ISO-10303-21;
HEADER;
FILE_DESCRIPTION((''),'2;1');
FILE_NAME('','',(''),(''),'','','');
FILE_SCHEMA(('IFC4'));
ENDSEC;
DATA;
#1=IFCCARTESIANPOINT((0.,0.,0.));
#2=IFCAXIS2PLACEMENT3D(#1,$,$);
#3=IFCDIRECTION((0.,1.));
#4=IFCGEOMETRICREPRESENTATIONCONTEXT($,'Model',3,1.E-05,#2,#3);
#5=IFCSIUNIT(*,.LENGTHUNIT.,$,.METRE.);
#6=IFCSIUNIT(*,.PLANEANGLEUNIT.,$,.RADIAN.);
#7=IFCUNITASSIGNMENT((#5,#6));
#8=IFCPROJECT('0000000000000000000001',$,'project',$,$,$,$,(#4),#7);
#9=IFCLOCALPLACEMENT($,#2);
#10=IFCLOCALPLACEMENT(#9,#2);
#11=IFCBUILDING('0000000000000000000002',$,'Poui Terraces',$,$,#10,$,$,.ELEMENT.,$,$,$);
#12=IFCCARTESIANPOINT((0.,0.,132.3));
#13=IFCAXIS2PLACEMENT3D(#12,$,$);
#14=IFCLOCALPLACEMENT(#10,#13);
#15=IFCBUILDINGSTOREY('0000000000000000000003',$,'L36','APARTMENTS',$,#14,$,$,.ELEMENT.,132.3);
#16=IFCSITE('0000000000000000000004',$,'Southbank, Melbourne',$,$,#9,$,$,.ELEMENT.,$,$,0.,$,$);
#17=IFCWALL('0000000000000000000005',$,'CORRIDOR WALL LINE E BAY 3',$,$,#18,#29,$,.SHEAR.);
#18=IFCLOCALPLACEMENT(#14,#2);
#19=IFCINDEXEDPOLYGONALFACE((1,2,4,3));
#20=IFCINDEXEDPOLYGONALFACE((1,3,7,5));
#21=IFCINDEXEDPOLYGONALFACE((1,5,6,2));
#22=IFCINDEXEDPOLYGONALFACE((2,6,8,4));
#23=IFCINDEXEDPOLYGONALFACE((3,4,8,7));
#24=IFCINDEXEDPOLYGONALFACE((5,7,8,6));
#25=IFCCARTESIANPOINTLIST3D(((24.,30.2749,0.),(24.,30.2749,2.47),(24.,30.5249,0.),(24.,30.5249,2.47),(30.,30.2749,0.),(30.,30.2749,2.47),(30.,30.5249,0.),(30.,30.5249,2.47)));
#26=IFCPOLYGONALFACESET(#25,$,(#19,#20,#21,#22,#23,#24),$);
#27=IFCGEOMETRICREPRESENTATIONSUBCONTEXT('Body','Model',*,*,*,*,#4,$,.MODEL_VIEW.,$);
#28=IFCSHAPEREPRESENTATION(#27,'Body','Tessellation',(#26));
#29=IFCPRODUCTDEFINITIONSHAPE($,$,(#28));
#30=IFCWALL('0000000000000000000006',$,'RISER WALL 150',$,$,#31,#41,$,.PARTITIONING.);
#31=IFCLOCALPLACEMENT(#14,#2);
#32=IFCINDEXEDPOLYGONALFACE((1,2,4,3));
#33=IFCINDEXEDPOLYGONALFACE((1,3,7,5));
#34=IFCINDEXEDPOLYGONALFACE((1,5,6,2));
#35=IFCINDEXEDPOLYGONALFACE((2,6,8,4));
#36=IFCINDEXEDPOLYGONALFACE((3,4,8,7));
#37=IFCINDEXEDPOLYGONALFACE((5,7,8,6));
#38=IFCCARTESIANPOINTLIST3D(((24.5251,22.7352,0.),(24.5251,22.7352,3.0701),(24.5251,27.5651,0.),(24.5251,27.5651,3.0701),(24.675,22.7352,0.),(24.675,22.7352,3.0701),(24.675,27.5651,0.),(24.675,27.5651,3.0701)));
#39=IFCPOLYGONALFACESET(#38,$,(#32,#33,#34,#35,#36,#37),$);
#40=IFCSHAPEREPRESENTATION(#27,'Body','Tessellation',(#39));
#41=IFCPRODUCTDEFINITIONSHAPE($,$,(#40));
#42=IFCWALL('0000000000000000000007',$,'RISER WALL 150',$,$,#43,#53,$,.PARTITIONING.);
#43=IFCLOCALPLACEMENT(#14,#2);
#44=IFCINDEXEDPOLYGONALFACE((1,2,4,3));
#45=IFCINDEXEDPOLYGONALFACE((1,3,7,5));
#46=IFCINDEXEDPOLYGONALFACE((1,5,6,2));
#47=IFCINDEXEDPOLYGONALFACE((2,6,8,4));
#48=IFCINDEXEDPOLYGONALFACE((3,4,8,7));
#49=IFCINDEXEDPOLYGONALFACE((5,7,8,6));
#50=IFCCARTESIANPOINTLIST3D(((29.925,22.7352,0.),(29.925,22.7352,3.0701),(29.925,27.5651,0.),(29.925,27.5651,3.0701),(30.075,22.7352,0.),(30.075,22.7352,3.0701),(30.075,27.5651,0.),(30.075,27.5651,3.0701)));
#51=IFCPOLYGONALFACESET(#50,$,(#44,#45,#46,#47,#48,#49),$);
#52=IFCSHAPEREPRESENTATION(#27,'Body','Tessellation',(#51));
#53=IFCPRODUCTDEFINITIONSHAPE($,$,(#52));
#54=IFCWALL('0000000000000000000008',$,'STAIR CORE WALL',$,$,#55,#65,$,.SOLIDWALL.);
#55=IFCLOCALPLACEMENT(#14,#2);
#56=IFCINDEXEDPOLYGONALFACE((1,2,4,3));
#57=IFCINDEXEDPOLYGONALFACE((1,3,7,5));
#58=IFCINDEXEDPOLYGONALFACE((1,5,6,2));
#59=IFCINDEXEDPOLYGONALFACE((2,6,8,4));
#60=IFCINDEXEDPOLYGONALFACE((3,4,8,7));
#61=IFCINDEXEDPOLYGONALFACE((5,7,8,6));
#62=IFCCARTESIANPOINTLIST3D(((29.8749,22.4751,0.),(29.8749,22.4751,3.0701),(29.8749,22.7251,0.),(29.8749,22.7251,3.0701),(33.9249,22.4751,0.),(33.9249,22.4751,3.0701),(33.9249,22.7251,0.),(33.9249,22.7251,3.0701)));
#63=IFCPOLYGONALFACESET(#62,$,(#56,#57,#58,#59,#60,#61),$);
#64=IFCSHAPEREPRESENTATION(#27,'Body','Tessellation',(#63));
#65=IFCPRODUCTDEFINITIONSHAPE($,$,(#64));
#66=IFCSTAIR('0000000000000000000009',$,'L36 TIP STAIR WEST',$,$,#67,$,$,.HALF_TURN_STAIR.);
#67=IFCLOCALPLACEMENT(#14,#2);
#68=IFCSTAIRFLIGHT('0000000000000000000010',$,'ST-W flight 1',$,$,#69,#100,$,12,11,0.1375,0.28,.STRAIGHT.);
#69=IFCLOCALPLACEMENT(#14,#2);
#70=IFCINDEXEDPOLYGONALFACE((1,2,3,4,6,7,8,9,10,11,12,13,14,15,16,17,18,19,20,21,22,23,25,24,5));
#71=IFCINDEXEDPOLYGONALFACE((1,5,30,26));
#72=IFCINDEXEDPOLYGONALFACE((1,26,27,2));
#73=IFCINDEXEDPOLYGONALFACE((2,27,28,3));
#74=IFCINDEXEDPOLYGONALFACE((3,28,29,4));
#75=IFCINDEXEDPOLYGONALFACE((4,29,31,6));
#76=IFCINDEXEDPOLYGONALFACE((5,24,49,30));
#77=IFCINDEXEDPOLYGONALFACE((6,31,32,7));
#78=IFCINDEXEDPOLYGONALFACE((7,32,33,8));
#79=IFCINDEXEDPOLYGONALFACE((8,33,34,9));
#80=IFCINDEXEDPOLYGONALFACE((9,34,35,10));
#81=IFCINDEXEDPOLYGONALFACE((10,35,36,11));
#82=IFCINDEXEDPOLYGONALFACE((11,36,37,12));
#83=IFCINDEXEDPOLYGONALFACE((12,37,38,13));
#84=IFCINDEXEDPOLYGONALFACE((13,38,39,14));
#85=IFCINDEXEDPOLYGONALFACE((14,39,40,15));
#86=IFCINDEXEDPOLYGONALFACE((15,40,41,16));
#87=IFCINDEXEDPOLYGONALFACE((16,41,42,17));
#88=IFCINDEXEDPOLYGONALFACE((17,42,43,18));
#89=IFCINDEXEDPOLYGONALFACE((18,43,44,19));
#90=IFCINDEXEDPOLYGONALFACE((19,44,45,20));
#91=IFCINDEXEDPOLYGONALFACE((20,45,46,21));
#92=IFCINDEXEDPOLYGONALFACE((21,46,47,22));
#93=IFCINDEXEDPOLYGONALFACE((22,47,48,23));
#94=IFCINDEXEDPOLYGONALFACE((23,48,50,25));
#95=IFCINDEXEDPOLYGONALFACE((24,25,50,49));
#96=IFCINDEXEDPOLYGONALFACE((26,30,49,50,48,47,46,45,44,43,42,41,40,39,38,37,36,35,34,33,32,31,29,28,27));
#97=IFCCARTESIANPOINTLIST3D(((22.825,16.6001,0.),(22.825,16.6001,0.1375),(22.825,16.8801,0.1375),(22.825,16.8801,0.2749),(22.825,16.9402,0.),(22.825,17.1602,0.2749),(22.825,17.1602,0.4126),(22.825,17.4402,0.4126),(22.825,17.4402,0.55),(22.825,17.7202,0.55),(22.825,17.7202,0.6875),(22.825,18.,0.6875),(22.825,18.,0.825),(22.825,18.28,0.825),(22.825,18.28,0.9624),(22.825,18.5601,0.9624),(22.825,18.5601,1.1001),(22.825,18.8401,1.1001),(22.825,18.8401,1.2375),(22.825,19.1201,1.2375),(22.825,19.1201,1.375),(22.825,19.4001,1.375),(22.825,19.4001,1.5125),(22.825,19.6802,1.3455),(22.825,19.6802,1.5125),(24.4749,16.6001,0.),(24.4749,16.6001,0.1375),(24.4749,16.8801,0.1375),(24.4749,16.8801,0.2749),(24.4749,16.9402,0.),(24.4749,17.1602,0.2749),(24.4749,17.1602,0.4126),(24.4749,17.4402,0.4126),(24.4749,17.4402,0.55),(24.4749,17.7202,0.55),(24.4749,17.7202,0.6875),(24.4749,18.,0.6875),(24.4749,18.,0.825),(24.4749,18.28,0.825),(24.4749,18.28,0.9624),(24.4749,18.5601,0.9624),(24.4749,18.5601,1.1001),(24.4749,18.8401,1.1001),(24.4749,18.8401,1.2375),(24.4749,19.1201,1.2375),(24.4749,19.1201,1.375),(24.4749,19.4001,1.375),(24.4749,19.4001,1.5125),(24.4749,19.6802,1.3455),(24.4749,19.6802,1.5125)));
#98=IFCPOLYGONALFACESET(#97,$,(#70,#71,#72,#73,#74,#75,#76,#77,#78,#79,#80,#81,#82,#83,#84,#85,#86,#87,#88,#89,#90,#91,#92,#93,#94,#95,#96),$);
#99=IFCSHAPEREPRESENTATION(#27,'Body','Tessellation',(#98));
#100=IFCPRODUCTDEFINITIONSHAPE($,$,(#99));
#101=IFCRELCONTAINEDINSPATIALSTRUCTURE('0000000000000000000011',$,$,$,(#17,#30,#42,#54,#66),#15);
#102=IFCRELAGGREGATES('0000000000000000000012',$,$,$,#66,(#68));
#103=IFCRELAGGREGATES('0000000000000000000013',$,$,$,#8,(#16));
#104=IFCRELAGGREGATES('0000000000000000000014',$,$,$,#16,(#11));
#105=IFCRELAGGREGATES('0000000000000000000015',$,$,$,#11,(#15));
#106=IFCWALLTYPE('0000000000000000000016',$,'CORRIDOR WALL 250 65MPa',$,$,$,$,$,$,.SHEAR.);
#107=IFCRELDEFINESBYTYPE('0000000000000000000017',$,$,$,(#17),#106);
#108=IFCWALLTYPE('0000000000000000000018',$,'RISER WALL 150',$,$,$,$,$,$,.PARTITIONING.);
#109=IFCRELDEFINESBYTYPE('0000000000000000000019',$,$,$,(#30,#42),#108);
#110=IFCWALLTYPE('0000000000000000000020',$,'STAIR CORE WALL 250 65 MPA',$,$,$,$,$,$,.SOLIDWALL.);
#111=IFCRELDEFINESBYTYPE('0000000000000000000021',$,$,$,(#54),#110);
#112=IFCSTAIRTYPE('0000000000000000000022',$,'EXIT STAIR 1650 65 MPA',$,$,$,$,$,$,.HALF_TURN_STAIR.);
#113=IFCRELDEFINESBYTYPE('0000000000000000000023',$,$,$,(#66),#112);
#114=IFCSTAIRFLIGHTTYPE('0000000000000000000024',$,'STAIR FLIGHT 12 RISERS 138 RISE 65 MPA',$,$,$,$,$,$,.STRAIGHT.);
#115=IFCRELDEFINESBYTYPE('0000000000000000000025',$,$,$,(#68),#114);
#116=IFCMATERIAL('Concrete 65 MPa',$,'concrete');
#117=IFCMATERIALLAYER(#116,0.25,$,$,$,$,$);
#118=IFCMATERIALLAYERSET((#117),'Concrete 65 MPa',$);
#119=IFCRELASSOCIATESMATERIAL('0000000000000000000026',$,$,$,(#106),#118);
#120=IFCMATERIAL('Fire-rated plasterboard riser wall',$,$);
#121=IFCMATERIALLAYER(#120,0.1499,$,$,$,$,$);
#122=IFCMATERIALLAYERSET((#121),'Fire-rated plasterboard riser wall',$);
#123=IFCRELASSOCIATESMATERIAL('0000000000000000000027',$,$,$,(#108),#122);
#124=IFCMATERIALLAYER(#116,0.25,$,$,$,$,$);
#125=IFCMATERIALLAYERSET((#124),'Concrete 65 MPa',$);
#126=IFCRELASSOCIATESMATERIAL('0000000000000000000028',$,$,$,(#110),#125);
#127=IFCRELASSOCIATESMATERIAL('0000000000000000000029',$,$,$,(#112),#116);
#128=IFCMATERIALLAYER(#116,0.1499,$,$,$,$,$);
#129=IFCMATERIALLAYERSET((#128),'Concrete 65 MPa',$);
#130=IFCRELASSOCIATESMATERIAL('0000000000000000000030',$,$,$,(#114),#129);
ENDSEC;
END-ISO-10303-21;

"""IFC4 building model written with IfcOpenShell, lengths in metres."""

from ifc_helpers import new_model, si_unit, direction, frame, frame_2d, origin, place, context, subcontext, project, spatial, polyline, rectangle, outline, extrude, material, layer, layer_set, type_object, element, aggregate, save


model = new_model("IFC4")

# Units and contexts
model_context = context("Model", 3, precision=1e-05, world=origin(), true_north=direction((0.0, 1.0)))
body_context = subcontext(model_context, "Body", "Model", "MODEL_VIEW")
ifc_project = project(units=[si_unit("LENGTHUNIT", "METRE"), si_unit("PLANEANGLEUNIT", "RADIAN")], contexts=[model_context])

# Site, building, storey
site_placement = place(None, origin())
site = spatial("IfcSite", under=ifc_project, at=site_placement, Name="Southbank, Melbourne", CompositionType="ELEMENT", RefElevation=0.0)
building_placement = place(site_placement, origin())
building = spatial("IfcBuilding", under=site, at=building_placement, Name="Poui Terraces", CompositionType="ELEMENT")
storey_placement = place(building_placement, frame((0.0, 0.0, 132.3)))
storey = spatial("IfcBuildingStorey", under=building, at=storey_placement, Name="L36", Description="APARTMENTS", CompositionType="ELEMENT", Elevation=132.3)

# Walls
ifc_material_1 = material(Name="Concrete 65 MPa", Category="concrete")
ifc_layer_1 = layer(ifc_material_1, 0.25)
ifc_layer_set_1 = layer_set([ifc_layer_1], Name="Concrete 65 MPa")
wall_type_1 = type_object("IfcWallType", Name="CORRIDOR WALL 250 65MPa", PredefinedType="SHEAR", material=ifc_layer_set_1)
wall_1_placement = place(storey_placement, frame((24.0, 30.3999, 0.0), z_axis=(0.0, 0.0, 1.0), x_axis=(1.0, 0.0, 0.0)))
element("IfcWall", 1, at=wall_1_placement, inside=storey, type_object=wall_type_1, Name="CORRIDOR WALL LINE E BAY 3", PredefinedType="SHEAR", context=body_context, shape_type="SweptSolid", body=[
    extrude(rectangle(XDim=6.0, YDim=0.25, at=frame_2d((3.0, 0.0))), origin(), (0.0, 0.0, 1.0), 2.47),
])
ifc_material_2 = material(Name="Fire-rated plasterboard riser wall")
ifc_layer_2 = layer(ifc_material_2, 0.1499)
ifc_layer_set_2 = layer_set([ifc_layer_2], Name="Fire-rated plasterboard riser wall")
wall_type_2 = type_object("IfcWallType", Name="RISER WALL 150", PredefinedType="PARTITIONING", material=ifc_layer_set_2)
for number, where, z_axis, x_axis, name in (
    (2, (24.6001, 22.7351, 0.0), (0.0, 0.0, 1.0), (0.0, 1.0, 0.0), "RISER WALL 150"),
    (3, (30.0, 22.7351, 0.0), (0.0, 0.0, 1.0), (0.0, 1.0, 0.0), "RISER WALL 150"),
):
    element("IfcWall", number, at=place(storey_placement, frame(where, z_axis=z_axis, x_axis=x_axis)), inside=storey, type_object=wall_type_2, Name=name, PredefinedType="PARTITIONING", context=body_context, shape_type="SweptSolid", body=[
        extrude(rectangle(XDim=4.8298, YDim=0.1499, at=frame_2d((2.415, 0.0))), origin(), (0.0, 0.0, 1.0), 3.0701),
    ])
ifc_layer_3 = layer(ifc_material_1, 0.25)
ifc_layer_set_3 = layer_set([ifc_layer_3], Name="Concrete 65 MPa")
wall_type_3 = type_object("IfcWallType", Name="STAIR CORE WALL 250 65 MPA", PredefinedType="SOLIDWALL", material=ifc_layer_set_3)
wall_2_placement = place(storey_placement, frame((29.875, 22.6001, 0.0), z_axis=(0.0, 0.0, 1.0), x_axis=(1.0, 0.0, 0.0)))
element("IfcWall", 4, at=wall_2_placement, inside=storey, type_object=wall_type_3, Name="STAIR CORE WALL", PredefinedType="SOLIDWALL", context=body_context, shape_type="SweptSolid", body=[
    extrude(rectangle(XDim=4.05, YDim=0.25, at=frame_2d((2.0249, 0.0))), origin(), (0.0, 0.0, 1.0), 3.0701),
])

# Stair, stair flight
stair_type = type_object("IfcStairType", Name="EXIT STAIR 1650 65 MPA", PredefinedType="HALF_TURN_STAIR", material=ifc_material_1)
stair_placement = place(storey_placement, origin())
stair = element("IfcStair", 5, at=stair_placement, inside=storey, type_object=stair_type, Name="L36 TIP STAIR WEST", PredefinedType="HALF_TURN_STAIR")
ifc_layer_4 = layer(ifc_material_1, 0.1499)
ifc_layer_set_4 = layer_set([ifc_layer_4], Name="Concrete 65 MPa")
stair_flight_type = type_object("IfcStairFlightType", Name="STAIR FLIGHT 12 RISERS 138 RISE 65 MPA", PredefinedType="STRAIGHT", material=ifc_layer_set_4)
stair_flight_placement = place(storey_placement, frame((23.6499, 16.6001, 0.0), z_axis=(0.0, 0.0, 1.0), x_axis=(0.0, 1.0, 0.0)))
stair_flight = element("IfcStairFlight", 6, at=stair_flight_placement, type_object=stair_flight_type, Name="ST-W flight 1", NumberOfRisers=12, NumberOfTreads=11, PredefinedType="STRAIGHT", RiserHeight=0.1375, TreadLength=0.28, context=body_context, shape_type="SweptSolid", body=[
    extrude(outline(polyline([(0.0, 0.0), (0.0, 0.1375), (0.28, 0.1375), (0.28, 0.2749), (0.5601, 0.2749), (0.5601, 0.4126), (0.8401, 0.4126), (0.8401, 0.55), (1.1201, 0.55), (1.1201, 0.6875), (1.3999, 0.6875), (1.3999, 0.825), (1.6799, 0.825), (1.6799, 0.9624), (1.96, 0.9624), (1.96, 1.1001), (2.24, 1.1001), (2.24, 1.2375), (2.52, 1.2375), (2.52, 1.375), (2.8, 1.375), (2.8, 1.5125), (3.0801, 1.5125), (3.0801, 1.6499), (3.0801, 1.3455), (0.3401, 0.0), (0.0, 0.0)])), frame((0.0, 0.825, 0.0), z_axis=(0.0, -1.0, 0.0), x_axis=(1.0, 0.0, 0.0)), (0.0, 0.0, 1.0), 1.6499),
])
aggregate(stair, [stair_flight])

save(model, "model.ifc")
